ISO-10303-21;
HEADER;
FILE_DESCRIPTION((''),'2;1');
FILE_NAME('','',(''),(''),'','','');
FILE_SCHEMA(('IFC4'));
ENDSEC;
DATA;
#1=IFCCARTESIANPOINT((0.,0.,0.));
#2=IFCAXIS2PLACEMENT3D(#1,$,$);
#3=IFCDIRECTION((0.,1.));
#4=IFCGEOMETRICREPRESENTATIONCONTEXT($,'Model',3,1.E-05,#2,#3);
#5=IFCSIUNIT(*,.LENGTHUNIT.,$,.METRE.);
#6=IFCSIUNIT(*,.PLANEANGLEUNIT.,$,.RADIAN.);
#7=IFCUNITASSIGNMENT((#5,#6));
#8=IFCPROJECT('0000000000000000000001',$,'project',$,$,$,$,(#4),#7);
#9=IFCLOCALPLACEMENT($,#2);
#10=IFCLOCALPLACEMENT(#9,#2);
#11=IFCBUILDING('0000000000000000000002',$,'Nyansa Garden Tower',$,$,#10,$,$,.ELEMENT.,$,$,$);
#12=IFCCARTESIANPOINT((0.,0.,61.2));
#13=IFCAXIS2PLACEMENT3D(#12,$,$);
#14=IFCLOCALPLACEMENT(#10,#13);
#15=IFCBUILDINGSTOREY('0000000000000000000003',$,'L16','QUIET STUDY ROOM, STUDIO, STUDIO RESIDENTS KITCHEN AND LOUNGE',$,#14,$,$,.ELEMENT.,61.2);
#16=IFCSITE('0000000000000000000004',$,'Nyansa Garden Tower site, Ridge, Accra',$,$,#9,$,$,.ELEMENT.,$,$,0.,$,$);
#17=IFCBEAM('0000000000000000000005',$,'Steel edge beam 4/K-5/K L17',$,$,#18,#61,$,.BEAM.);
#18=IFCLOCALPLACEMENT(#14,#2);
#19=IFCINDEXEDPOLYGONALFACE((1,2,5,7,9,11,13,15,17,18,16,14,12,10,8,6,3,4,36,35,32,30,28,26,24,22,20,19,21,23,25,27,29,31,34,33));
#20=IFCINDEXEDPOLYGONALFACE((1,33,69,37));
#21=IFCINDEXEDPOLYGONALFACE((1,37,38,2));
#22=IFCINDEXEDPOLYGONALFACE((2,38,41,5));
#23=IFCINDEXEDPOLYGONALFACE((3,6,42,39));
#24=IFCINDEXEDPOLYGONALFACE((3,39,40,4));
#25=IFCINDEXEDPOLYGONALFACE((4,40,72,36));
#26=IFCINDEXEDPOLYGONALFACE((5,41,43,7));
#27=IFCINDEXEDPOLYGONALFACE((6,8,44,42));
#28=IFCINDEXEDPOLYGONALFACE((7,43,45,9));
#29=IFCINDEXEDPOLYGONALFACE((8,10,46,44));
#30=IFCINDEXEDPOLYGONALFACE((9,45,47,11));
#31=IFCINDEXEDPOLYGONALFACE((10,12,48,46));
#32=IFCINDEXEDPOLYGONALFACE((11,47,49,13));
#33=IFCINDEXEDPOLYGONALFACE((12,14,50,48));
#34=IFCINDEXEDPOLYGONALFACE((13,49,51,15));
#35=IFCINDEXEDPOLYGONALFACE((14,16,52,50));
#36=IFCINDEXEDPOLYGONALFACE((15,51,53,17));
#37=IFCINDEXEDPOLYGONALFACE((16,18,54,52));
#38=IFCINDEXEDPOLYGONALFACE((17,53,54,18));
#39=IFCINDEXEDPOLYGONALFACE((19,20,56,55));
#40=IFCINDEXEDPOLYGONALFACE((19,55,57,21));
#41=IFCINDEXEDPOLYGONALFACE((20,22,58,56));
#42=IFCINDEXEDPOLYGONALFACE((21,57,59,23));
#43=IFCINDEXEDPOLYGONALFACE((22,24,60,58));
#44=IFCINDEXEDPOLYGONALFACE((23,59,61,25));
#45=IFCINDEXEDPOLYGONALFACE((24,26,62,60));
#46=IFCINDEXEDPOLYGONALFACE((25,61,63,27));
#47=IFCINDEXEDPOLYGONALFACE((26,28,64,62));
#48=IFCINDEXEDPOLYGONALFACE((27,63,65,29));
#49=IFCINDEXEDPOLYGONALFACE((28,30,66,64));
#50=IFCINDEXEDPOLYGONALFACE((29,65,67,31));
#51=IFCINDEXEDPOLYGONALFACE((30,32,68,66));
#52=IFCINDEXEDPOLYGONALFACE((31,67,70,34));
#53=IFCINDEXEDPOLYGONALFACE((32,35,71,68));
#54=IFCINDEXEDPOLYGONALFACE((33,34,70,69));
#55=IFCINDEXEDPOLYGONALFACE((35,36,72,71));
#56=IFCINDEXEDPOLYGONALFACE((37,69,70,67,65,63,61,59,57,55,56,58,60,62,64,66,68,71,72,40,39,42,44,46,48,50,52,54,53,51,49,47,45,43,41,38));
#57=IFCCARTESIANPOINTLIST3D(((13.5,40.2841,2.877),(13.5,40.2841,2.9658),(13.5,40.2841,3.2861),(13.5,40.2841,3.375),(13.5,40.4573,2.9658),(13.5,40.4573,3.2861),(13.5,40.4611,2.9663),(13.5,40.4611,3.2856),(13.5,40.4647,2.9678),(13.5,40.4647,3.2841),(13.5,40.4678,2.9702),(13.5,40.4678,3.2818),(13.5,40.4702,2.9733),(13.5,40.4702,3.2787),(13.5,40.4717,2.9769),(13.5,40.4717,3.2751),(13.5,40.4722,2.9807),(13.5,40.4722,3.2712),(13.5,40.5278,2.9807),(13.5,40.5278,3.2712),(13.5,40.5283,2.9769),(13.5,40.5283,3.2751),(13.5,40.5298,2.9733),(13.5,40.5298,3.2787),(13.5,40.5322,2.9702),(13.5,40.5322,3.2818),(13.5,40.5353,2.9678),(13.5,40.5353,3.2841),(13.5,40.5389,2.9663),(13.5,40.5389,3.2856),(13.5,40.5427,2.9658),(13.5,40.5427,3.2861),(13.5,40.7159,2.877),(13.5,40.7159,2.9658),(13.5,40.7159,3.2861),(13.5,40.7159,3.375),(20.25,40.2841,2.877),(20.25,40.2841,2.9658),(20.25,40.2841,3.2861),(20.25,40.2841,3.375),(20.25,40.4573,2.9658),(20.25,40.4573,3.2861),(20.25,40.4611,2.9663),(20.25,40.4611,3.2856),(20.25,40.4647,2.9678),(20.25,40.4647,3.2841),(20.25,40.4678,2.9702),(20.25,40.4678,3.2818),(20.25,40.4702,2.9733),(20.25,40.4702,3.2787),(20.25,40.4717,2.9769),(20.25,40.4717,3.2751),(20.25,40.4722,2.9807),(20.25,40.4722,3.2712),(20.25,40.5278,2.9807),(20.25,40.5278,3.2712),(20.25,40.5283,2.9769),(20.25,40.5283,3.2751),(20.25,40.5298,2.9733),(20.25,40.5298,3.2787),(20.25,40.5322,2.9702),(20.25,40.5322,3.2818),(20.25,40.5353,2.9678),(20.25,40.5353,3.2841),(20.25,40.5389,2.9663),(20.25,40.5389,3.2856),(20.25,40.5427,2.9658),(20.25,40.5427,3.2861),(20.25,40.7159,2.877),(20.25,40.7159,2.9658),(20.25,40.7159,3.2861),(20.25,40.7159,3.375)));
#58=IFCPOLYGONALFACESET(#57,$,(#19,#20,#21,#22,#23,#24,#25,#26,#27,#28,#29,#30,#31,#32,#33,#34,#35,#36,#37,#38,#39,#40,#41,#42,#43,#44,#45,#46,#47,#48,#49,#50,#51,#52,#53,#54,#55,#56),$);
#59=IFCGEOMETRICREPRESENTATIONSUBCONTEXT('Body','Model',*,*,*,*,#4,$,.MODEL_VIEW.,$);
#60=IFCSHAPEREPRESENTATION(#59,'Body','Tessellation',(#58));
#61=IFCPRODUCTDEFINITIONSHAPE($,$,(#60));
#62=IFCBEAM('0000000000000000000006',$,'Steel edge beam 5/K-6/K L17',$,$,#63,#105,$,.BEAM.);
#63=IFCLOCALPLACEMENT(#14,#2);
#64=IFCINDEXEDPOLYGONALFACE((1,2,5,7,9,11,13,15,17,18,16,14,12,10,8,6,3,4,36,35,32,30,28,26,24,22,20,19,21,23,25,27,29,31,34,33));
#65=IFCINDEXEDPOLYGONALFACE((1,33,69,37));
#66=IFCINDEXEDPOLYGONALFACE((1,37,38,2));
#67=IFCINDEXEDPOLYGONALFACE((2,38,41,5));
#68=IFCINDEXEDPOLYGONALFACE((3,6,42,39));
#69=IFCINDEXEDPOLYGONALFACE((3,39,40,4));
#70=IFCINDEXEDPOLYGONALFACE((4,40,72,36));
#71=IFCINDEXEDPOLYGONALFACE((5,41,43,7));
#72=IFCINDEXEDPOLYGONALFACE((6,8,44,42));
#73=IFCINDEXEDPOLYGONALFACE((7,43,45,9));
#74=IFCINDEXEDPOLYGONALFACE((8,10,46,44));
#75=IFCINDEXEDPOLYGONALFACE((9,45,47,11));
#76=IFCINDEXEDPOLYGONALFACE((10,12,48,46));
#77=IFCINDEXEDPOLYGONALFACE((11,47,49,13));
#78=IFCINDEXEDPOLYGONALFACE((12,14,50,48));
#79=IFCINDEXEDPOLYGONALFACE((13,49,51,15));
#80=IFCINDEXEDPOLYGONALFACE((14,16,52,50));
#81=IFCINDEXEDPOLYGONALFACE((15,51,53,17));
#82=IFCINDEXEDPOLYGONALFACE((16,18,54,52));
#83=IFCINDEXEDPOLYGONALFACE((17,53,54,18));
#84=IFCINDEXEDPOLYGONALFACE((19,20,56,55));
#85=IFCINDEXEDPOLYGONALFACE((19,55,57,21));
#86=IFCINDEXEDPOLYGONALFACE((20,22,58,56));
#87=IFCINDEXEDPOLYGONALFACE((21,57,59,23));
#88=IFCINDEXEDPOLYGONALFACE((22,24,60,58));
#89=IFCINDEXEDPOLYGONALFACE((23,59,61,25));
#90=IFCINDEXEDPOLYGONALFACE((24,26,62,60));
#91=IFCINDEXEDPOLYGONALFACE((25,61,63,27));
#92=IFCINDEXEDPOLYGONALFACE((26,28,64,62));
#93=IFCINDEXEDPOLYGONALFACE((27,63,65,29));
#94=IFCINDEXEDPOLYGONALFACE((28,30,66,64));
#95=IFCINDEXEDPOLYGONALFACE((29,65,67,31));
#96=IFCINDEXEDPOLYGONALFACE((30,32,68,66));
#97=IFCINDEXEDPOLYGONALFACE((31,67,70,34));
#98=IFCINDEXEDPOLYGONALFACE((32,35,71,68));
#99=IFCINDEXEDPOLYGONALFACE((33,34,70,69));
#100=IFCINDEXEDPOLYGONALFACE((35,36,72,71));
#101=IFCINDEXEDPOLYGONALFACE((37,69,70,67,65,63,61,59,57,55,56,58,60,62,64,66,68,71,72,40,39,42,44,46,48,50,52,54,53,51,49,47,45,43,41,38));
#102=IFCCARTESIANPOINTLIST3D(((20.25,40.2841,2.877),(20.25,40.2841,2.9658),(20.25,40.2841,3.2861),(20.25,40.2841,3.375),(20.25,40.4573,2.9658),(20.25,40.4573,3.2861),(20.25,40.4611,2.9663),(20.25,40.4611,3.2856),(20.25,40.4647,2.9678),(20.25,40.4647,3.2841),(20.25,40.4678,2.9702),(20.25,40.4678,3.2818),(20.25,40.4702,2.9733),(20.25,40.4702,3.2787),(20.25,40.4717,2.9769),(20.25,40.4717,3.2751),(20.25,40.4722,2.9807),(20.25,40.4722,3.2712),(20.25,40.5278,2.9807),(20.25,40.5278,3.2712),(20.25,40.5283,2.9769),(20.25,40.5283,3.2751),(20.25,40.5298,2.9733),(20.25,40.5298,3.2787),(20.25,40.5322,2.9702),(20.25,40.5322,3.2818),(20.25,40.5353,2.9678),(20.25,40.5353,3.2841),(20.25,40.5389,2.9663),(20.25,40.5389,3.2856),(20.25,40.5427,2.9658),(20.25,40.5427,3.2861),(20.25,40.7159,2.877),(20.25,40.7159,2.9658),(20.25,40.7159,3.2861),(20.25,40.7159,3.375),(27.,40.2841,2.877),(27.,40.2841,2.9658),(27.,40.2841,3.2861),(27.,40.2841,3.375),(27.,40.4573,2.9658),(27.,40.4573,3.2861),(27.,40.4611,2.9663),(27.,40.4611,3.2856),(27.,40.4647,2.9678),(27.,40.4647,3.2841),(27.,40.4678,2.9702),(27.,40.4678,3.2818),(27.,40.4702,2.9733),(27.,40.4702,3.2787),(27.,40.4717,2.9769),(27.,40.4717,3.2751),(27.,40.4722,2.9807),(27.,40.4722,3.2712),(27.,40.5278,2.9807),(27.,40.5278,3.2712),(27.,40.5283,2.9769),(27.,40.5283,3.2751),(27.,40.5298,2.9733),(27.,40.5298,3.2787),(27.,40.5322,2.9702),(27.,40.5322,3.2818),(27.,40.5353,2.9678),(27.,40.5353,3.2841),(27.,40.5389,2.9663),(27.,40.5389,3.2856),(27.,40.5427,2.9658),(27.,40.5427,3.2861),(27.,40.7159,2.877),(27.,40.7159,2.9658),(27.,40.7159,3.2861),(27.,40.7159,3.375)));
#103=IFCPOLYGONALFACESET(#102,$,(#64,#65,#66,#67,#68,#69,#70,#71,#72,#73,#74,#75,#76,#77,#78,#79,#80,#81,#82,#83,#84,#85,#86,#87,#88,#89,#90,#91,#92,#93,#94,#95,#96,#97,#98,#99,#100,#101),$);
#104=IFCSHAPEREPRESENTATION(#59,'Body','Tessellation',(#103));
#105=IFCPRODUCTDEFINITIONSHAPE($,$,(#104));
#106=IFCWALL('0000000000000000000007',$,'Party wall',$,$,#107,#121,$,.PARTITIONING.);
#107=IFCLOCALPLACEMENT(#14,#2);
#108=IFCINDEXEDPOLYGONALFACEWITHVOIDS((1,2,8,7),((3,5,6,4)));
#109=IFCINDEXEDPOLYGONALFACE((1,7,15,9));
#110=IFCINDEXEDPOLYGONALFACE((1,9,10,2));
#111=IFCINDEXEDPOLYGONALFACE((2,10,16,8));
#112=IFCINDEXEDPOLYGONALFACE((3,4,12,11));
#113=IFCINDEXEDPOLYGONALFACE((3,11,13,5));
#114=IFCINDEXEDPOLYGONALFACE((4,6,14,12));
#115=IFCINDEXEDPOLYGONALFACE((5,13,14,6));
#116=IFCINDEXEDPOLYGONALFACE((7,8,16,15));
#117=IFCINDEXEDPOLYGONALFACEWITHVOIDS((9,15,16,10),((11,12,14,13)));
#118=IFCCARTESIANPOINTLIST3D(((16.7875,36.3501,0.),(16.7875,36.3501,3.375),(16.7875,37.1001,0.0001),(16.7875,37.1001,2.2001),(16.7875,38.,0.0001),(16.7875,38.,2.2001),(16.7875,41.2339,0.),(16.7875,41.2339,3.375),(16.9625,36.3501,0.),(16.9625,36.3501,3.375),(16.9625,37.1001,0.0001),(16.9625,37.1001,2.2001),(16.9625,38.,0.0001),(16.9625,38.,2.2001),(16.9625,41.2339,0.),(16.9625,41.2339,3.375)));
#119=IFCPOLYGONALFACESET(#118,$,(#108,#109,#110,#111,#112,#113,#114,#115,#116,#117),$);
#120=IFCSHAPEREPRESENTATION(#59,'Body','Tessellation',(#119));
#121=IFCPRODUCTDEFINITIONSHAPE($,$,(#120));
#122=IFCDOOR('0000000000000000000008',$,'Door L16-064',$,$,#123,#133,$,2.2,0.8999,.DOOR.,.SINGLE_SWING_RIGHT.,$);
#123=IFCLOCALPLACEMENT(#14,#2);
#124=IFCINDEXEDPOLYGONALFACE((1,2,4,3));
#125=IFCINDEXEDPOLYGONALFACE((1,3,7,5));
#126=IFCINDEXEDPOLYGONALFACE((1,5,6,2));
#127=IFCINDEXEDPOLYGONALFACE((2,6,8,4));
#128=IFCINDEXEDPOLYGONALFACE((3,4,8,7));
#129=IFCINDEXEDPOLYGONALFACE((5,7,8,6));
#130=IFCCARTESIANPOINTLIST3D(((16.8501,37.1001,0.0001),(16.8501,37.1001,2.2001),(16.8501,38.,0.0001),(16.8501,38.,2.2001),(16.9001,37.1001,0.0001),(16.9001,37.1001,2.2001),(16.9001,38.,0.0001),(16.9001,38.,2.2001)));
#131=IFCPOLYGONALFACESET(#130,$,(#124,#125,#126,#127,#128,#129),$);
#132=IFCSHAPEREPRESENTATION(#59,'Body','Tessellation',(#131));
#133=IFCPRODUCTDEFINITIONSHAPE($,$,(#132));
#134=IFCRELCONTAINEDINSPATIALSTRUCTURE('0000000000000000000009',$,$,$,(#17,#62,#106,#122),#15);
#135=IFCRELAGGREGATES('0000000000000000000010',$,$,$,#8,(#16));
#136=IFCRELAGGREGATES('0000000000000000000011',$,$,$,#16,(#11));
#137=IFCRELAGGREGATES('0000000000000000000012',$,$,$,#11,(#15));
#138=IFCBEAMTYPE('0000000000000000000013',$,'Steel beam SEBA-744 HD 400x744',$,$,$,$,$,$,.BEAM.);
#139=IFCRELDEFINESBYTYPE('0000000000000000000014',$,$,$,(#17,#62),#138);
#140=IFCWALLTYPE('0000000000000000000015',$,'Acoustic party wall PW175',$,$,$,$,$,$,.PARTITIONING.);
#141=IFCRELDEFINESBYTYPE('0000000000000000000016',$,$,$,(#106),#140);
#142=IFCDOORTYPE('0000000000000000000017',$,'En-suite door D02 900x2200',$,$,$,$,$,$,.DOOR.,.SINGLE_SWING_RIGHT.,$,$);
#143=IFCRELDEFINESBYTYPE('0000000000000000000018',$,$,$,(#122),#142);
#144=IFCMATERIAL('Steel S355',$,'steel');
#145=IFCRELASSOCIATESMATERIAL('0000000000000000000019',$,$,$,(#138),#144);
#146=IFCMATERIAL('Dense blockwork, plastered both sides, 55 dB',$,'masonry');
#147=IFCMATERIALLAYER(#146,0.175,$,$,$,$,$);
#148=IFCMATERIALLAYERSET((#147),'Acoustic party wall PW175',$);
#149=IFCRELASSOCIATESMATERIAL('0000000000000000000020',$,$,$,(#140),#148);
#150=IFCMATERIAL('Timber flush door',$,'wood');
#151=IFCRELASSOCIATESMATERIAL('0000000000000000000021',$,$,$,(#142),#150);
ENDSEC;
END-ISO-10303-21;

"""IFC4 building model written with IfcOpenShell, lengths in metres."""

from ifc_helpers import new_model, si_unit, direction, frame, frame_2d, origin, origin_2d, place, context, subcontext, project, spatial, rectangle, i_section, extrude, material, layer, layer_set, material_profile, profile_set, type_object, element, fill, save


model = new_model("IFC4")

# Units and contexts
model_context = context("Model", 3, precision=1e-05, world=origin(), true_north=direction((0.0, 1.0)))
body_context = subcontext(model_context, "Body", "Model", "MODEL_VIEW")
ifc_project = project(units=[si_unit("LENGTHUNIT", "METRE"), si_unit("PLANEANGLEUNIT", "RADIAN")], contexts=[model_context])

# Site, building, storey
site_placement = place(None, origin())
site = spatial("IfcSite", under=ifc_project, at=site_placement, Name="Nyansa Garden Tower site, Ridge, Accra", CompositionType="ELEMENT", RefElevation=0.0)
building_placement = place(site_placement, origin())
building = spatial("IfcBuilding", under=site, at=building_placement, Name="Nyansa Garden Tower", CompositionType="ELEMENT")
storey_placement = place(building_placement, frame((0.0, 0.0, 61.2)))
storey = spatial("IfcBuildingStorey", under=building, at=storey_placement, Name="L16", Description="QUIET STUDY ROOM, STUDIO, STUDIO RESIDENTS KITCHEN AND LOUNGE", CompositionType="ELEMENT", Elevation=61.2)

# Beams
ifc_material_1 = material(Name="Steel S355", Category="steel")
ifc_material_profile_1 = material_profile(ifc_material_1, i_section(OverallWidth=0.4319, OverallDepth=0.498, WebThickness=0.0557, FlangeThickness=0.0889, FilletRadius=0.0149, at=origin_2d()), Name="HD 400x744")
ifc_profile_set_1 = profile_set([ifc_material_profile_1], Name="Steel S355")
beam_type_1 = type_object("IfcBeamType", Name="Steel beam SEBA-744 HD 400x744", PredefinedType="BEAM", material=ifc_profile_set_1)
for number, where, z_axis, x_axis, name in (
    (1, (13.5, 40.5, 3.126), (1.0, 0.0, 0.0), (0.0, 1.0, 0.0), "Steel edge beam 4/K-5/K L17"),
    (2, (20.25, 40.5, 3.126), (1.0, 0.0, 0.0), (0.0, 1.0, 0.0), "Steel edge beam 5/K-6/K L17"),
):
    element("IfcBeam", number, at=place(storey_placement, frame(where, z_axis=z_axis, x_axis=x_axis)), inside=storey, type_object=beam_type_1, Name=name, PredefinedType="BEAM", context=body_context, shape_type="SweptSolid", body=[
        extrude(i_section(OverallWidth=0.4319, OverallDepth=0.498, WebThickness=0.0557, FlangeThickness=0.0889, FilletRadius=0.0149, at=origin_2d()), origin(), (0.0, 0.0, 1.0), 6.75),
    ])

# Wall, opening, door
ifc_material_2 = material(Name="Dense blockwork, plastered both sides, 55 dB", Category="masonry")
ifc_layer_1 = layer(ifc_material_2, 0.175)
ifc_layer_set_1 = layer_set([ifc_layer_1], Name="Acoustic party wall PW175")
wall_type_1 = type_object("IfcWallType", Name="Acoustic party wall PW175", PredefinedType="PARTITIONING", material=ifc_layer_set_1)
wall_1_placement = place(storey_placement, frame((16.875, 36.3501, 0.0), z_axis=(0.0, 0.0, 1.0), x_axis=(0.0, 1.0, 0.0)))
wall_1 = element("IfcWall", 3, at=wall_1_placement, inside=storey, type_object=wall_type_1, Name="Party wall", PredefinedType="PARTITIONING", context=body_context, shape_type="SweptSolid", body=[
    extrude(rectangle(XDim=4.8838, YDim=0.175, at=frame_2d((2.4419, 0.0))), origin(), (0.0, 0.0, 1.0), 3.375),
])
opening_1_placement = place(wall_1_placement, frame((0.75, 0.0, 0.0)))
opening_1 = element("IfcOpeningElement", 4, at=opening_1_placement, cuts=wall_1, PredefinedType="OPENING", context=body_context, shape_type="SweptSolid", body=[
    extrude(rectangle(XDim=0.8999, YDim=2.2, at=frame_2d((0.45, 1.1001))), frame((0.0, 0.0974, 0.0), z_axis=(0.0, -1.0, 0.0), x_axis=(1.0, 0.0, 0.0)), (0.0, 0.0, 1.0), 0.1951),
])
ifc_material_3 = material(Name="Timber flush door", Category="wood")
door_type_1 = type_object("IfcDoorType", Name="En-suite door D02 900x2200", OperationType="SINGLE_SWING_RIGHT", PredefinedType="DOOR", material=ifc_material_3)
door_1_placement = place(opening_1_placement, origin())
door_1 = element("IfcDoor", 5, at=door_1_placement, inside=storey, type_object=door_type_1, Name="Door L16-064", OperationType="SINGLE_SWING_RIGHT", OverallHeight=2.2, OverallWidth=0.8999, PredefinedType="DOOR", context=body_context, shape_type="SweptSolid", body=[
    extrude(rectangle(XDim=0.8999, YDim=2.2, at=frame_2d((0.45, 1.1001))), frame((0.0, 0.0249, 0.0), z_axis=(0.0, -1.0, 0.0), x_axis=(1.0, 0.0, 0.0)), (0.0, 0.0, 1.0), 0.05),
])
fill(opening_1, door_1)

save(model, "model.ifc")
